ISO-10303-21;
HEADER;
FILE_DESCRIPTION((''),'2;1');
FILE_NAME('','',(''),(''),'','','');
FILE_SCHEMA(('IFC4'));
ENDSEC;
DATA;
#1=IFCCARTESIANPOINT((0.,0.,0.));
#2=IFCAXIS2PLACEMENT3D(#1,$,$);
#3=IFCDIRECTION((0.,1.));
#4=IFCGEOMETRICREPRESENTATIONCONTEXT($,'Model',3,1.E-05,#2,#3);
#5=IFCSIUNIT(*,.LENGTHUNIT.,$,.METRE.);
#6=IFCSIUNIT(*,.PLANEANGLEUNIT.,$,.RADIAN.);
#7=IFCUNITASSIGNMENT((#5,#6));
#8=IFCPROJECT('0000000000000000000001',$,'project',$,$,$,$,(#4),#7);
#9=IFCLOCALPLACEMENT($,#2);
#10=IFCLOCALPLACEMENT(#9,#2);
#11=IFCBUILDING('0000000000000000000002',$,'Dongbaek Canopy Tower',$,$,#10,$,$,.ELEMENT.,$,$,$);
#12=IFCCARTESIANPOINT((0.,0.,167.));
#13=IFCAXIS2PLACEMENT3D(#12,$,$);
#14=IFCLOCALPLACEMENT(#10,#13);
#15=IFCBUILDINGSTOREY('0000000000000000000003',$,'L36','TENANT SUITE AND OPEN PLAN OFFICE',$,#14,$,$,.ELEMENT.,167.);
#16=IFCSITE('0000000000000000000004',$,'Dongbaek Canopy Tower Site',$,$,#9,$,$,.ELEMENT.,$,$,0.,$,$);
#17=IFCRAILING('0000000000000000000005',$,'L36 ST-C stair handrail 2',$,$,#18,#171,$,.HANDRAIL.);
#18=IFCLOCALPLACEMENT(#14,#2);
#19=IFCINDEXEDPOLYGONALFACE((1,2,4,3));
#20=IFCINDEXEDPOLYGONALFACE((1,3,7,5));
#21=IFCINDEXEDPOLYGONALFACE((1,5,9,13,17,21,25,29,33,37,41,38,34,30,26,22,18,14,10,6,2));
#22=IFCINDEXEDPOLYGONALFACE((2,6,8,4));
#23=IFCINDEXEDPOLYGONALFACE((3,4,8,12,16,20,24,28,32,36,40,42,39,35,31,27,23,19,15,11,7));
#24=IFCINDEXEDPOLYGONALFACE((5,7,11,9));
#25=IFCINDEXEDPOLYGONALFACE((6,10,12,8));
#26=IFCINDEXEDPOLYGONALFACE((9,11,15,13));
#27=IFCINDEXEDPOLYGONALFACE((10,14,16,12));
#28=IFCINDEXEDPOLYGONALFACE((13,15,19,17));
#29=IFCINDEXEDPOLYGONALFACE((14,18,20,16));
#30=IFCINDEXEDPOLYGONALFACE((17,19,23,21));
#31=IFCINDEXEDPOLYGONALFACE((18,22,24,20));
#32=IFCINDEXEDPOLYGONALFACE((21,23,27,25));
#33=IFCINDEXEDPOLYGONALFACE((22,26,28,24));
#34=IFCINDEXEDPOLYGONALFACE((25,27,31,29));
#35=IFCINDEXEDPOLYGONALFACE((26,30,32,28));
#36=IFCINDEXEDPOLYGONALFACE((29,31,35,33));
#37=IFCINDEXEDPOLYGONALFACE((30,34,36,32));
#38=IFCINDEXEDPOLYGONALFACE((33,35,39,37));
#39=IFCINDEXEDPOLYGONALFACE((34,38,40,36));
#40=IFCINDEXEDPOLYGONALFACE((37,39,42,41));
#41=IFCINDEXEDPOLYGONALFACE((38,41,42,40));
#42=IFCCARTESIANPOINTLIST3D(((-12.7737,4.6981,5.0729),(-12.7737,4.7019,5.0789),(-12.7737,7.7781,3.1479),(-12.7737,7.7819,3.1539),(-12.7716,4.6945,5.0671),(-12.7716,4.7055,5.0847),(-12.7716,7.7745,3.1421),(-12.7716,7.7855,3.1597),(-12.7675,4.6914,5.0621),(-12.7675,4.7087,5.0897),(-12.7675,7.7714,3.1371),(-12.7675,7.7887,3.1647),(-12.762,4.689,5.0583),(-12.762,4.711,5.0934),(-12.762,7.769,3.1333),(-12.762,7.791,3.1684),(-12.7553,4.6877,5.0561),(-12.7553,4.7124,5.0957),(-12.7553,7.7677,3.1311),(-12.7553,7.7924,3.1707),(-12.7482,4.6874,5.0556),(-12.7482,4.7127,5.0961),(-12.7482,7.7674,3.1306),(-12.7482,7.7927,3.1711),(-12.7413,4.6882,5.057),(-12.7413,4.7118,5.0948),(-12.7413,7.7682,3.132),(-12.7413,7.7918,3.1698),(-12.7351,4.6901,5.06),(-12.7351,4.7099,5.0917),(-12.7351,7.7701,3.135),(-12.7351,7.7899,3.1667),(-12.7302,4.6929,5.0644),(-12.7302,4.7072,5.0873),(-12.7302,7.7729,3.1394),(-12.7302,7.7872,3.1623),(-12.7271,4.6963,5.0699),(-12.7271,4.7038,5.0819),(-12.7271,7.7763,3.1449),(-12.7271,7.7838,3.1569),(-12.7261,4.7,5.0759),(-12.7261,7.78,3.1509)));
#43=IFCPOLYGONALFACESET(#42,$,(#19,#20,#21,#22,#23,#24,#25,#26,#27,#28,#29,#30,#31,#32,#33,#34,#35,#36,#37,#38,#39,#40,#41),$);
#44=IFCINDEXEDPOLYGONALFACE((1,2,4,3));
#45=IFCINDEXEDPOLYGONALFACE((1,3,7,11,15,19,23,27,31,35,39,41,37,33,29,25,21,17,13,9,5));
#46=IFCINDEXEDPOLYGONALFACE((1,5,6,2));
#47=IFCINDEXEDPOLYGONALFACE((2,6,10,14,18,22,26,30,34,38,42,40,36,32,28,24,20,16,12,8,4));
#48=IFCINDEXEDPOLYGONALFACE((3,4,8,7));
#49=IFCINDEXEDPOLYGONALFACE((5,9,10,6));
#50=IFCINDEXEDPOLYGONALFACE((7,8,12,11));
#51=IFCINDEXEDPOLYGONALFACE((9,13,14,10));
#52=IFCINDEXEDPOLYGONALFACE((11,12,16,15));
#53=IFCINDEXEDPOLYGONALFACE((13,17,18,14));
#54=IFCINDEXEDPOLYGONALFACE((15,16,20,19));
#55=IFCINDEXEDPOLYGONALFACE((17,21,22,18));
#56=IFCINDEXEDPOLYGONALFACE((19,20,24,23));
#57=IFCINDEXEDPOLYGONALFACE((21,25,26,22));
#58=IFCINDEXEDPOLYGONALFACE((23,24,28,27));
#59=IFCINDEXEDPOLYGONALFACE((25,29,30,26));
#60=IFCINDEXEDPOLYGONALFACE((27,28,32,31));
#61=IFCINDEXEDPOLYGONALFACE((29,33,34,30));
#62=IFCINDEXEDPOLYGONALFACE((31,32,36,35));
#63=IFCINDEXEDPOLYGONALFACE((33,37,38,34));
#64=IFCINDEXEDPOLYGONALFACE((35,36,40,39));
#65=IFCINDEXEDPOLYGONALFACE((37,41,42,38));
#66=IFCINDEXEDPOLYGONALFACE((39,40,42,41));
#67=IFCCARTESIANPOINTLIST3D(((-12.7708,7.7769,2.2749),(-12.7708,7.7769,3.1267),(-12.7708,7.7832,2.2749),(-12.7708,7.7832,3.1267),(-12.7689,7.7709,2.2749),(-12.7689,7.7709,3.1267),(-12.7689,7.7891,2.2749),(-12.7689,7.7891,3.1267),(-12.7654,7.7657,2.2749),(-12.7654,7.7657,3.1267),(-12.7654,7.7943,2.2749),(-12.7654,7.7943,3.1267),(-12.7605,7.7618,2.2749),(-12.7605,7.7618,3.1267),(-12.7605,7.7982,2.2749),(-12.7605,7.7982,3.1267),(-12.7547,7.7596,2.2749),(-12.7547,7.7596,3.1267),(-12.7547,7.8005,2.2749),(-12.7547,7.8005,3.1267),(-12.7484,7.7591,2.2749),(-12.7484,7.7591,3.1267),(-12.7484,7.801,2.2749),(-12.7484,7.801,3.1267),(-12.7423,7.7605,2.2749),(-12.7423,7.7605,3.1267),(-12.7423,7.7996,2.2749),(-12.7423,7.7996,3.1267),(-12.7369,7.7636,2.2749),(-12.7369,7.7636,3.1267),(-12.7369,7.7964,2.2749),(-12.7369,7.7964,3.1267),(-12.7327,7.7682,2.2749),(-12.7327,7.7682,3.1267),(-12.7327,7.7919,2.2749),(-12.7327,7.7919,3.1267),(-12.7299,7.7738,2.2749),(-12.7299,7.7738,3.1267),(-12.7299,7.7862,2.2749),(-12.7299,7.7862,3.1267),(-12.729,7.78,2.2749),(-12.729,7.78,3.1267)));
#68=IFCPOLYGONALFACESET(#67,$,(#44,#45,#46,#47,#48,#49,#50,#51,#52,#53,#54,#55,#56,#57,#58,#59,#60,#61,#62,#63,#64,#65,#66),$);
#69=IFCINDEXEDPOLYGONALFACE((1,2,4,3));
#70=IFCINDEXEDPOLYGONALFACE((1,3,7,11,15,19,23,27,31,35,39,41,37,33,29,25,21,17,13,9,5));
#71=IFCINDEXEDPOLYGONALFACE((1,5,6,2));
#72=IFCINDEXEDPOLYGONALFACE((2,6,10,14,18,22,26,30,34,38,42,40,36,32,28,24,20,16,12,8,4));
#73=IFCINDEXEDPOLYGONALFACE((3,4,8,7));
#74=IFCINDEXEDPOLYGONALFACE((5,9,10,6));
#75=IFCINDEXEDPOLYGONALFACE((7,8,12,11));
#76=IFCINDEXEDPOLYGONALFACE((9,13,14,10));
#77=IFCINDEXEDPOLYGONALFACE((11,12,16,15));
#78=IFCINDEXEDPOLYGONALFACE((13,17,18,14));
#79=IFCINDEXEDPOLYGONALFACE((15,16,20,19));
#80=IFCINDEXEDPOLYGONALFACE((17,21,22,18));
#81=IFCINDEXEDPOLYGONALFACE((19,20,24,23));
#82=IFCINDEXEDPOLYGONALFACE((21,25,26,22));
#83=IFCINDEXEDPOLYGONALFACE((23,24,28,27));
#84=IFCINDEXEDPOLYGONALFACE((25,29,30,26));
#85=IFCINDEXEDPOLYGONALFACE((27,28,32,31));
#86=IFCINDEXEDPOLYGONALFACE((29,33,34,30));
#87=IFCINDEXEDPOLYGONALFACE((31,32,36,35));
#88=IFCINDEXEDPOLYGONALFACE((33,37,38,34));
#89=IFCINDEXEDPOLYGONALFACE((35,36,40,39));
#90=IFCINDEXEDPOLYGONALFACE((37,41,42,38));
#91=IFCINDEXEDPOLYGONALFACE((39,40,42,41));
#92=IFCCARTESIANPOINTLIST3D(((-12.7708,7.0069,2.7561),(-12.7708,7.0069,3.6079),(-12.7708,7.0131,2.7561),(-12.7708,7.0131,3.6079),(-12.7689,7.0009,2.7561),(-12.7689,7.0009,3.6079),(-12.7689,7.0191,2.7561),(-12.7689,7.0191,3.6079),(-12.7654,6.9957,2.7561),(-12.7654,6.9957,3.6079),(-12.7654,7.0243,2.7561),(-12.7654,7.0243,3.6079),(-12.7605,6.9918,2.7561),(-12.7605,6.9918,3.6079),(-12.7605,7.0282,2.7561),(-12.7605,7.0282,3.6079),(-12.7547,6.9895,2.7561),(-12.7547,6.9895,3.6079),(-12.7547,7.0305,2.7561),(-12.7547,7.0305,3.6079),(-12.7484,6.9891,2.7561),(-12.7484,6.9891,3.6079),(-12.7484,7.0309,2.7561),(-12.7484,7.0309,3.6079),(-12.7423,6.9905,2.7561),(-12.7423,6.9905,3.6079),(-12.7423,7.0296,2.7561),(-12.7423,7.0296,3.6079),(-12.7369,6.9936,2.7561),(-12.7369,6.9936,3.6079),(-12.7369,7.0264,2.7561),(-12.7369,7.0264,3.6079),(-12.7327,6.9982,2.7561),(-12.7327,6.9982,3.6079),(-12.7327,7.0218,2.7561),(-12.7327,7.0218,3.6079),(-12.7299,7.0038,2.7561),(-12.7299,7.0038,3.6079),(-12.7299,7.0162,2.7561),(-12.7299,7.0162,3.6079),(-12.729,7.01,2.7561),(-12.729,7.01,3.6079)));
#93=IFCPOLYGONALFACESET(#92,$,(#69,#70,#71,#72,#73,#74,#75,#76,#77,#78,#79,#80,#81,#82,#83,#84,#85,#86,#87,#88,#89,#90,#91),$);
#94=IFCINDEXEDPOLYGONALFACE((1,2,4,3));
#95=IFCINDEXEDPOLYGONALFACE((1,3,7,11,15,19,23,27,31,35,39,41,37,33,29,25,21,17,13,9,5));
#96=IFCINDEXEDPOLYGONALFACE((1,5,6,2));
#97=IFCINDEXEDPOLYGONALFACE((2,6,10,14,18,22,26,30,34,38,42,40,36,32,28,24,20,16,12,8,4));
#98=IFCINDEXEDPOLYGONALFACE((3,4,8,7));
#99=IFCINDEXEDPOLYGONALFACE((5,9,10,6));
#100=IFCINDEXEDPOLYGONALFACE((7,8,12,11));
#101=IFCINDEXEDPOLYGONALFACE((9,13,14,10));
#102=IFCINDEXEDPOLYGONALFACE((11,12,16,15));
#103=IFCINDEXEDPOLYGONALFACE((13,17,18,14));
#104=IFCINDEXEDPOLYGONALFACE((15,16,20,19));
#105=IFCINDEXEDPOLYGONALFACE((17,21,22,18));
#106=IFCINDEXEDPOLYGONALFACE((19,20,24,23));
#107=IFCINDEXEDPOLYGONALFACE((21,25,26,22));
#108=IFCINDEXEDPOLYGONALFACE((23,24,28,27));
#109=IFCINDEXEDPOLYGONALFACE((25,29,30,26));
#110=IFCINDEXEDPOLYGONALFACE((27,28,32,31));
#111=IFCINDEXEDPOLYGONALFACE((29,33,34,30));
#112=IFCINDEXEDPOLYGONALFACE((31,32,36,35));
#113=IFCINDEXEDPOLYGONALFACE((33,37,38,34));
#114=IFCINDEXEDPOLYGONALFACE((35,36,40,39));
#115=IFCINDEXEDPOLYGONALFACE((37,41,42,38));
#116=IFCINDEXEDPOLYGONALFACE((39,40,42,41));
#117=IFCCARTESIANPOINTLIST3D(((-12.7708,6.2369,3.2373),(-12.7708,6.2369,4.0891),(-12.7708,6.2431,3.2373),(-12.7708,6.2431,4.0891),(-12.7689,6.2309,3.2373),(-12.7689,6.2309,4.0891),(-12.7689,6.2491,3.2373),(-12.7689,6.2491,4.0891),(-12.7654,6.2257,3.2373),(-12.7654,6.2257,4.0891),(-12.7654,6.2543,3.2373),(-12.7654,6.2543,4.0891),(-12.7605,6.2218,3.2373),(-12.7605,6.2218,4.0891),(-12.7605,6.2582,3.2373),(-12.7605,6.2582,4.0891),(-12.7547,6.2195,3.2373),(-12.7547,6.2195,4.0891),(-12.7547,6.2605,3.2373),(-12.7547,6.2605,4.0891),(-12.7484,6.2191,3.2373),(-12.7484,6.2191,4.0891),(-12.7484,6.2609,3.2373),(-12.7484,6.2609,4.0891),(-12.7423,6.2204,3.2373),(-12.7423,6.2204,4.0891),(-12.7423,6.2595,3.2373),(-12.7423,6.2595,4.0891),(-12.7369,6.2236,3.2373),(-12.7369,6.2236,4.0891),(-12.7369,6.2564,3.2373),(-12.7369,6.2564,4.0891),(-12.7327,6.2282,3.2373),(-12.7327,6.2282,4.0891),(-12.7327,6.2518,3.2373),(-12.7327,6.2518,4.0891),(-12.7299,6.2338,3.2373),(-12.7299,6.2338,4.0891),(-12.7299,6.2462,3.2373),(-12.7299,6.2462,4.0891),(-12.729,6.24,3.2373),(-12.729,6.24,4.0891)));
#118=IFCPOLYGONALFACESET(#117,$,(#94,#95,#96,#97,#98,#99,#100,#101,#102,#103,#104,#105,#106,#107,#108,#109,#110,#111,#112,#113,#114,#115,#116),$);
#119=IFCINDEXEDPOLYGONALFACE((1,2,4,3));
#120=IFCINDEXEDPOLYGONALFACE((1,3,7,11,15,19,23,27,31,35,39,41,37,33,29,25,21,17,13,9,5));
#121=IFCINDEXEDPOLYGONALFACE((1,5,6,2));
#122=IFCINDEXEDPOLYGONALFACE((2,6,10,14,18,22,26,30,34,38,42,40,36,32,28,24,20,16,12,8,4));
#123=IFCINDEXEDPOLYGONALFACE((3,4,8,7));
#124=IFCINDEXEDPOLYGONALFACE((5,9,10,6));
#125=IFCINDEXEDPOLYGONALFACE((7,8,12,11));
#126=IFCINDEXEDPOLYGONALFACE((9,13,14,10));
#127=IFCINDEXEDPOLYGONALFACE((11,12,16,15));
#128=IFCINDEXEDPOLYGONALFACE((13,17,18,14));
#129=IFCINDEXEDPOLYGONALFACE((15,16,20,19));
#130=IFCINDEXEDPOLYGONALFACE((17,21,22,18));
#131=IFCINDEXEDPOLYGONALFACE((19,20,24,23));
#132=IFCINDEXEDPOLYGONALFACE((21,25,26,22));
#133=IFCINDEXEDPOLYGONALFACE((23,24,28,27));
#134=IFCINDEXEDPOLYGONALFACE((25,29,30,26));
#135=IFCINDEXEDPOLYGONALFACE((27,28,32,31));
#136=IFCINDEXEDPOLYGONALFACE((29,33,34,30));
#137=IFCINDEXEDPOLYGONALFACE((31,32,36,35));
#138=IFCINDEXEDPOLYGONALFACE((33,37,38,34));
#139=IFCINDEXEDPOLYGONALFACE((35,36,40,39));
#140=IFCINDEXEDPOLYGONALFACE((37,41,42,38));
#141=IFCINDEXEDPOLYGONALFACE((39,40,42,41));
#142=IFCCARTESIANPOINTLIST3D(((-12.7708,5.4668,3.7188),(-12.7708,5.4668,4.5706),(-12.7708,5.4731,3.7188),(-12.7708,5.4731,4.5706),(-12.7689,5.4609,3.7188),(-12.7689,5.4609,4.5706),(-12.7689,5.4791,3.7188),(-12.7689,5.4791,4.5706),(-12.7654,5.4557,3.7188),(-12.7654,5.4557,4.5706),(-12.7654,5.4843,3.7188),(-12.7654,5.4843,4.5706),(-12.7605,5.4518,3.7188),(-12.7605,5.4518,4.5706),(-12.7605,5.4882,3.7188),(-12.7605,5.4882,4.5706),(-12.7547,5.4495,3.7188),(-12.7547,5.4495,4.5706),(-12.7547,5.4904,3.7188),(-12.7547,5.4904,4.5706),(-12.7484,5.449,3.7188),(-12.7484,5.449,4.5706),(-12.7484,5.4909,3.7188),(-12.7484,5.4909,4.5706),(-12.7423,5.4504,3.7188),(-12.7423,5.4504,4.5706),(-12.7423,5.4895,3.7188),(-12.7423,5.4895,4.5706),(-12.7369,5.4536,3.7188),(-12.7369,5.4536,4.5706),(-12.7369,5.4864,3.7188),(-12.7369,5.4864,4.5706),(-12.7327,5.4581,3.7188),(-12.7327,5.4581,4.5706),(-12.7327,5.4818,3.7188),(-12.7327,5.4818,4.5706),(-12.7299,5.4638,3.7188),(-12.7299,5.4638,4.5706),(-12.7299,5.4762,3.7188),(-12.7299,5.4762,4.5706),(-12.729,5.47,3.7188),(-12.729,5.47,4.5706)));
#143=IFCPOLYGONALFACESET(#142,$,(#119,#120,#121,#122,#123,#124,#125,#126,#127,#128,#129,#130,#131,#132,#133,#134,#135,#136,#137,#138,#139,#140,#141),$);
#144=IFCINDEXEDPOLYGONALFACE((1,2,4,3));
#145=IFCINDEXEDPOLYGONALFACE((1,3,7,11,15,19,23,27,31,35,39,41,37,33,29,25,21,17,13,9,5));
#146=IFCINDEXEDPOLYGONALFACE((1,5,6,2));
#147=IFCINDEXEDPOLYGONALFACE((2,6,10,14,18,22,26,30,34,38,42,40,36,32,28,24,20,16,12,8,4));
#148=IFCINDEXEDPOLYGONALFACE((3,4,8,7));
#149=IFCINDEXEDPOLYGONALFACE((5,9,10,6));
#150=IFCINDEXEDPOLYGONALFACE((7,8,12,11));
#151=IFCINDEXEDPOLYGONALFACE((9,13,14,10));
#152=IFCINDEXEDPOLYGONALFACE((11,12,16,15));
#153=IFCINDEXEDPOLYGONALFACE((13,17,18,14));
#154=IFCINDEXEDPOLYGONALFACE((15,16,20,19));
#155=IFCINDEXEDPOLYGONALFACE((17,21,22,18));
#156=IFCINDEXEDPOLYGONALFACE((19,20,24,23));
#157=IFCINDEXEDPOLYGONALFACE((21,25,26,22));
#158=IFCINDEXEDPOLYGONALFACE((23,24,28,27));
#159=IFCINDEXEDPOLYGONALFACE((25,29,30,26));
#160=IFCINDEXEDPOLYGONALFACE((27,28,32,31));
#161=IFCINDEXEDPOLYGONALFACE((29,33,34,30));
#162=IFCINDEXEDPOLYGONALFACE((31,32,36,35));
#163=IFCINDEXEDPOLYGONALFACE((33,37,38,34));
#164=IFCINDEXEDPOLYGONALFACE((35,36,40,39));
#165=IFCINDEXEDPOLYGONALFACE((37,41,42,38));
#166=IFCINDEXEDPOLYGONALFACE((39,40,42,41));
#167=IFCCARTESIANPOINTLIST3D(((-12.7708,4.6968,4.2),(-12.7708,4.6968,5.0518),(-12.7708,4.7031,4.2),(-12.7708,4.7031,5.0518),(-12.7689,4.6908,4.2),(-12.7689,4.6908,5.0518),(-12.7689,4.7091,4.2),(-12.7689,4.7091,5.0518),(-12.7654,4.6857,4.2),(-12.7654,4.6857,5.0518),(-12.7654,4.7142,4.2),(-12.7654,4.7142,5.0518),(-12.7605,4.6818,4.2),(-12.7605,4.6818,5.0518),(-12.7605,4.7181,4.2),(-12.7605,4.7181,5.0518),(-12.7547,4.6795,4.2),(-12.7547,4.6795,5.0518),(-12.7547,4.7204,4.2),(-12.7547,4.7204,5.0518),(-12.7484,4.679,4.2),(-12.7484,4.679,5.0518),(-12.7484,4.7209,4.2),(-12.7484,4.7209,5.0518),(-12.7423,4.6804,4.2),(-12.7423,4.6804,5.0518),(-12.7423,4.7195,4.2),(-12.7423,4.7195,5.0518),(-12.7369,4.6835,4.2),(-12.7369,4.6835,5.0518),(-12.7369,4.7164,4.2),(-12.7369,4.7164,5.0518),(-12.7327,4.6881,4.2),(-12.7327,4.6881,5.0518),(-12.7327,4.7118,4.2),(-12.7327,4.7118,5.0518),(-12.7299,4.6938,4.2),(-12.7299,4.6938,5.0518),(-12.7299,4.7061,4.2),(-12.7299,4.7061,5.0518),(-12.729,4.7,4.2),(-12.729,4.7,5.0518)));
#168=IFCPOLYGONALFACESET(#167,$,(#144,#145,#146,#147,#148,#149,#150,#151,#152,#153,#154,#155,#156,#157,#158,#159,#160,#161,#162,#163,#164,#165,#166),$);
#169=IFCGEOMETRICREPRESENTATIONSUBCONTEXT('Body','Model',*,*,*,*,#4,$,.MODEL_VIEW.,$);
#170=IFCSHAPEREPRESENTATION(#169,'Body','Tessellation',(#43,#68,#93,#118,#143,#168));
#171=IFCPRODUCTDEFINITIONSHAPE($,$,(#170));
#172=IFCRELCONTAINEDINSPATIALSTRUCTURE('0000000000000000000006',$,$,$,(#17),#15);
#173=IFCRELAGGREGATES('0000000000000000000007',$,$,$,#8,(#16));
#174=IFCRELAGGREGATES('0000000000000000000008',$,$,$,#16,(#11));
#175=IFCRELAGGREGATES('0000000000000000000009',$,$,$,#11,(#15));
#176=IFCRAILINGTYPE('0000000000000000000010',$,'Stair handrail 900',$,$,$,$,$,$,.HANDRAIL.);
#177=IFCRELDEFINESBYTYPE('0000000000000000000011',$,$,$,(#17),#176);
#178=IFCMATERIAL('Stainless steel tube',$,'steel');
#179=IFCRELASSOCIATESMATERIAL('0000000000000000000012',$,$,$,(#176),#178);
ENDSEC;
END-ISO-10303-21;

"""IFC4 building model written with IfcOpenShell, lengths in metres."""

from ifc_helpers import new_model, si_unit, direction, frame, origin, origin_2d, place, context, subcontext, project, spatial, circle, extrude, material, type_object, element, save


model = new_model("IFC4")

# Units and contexts
model_context = context("Model", 3, precision=1e-05, world=origin(), true_north=direction((0.0, 1.0)))
body_context = subcontext(model_context, "Body", "Model", "MODEL_VIEW")
ifc_project = project(units=[si_unit("LENGTHUNIT", "METRE"), si_unit("PLANEANGLEUNIT", "RADIAN")], contexts=[model_context])

# Site, building, storey
site_placement = place(None, origin())
site = spatial("IfcSite", under=ifc_project, at=site_placement, Name="Dongbaek Canopy Tower Site", CompositionType="ELEMENT", RefElevation=0.0)
building_placement = place(site_placement, origin())
building = spatial("IfcBuilding", under=site, at=building_placement, Name="Dongbaek Canopy Tower", CompositionType="ELEMENT")
storey_placement = place(building_placement, frame((0.0, 0.0, 167.0)))
storey = spatial("IfcBuildingStorey", under=building, at=storey_placement, Name="L36", Description="TENANT SUITE AND OPEN PLAN OFFICE", CompositionType="ELEMENT", Elevation=167.0)

# Railing
ifc_material_1 = material(Name="Stainless steel tube", Category="steel")
railing_type_1 = type_object("IfcRailingType", Name="Stair handrail 900", PredefinedType="HANDRAIL", material=ifc_material_1)
railing_1_placement = place(storey_placement, frame((-12.75, 7.78, 2.2749)))
element("IfcRailing", 1, at=railing_1_placement, inside=storey, type_object=railing_type_1, Name="L36 ST-C stair handrail 2", PredefinedType="HANDRAIL", context=body_context, shape_type="SweptSolid", body=[
    extrude(circle(Radius=0.0239, at=origin_2d()), frame((0.0, 0.0, 0.876), z_axis=(0.0, -0.847998, 0.529999), x_axis=(1.0, 0.0, 0.0)), (0.0, 0.0, 1.0), 3.6321),
    extrude(circle(Radius=0.021, at=origin_2d()), origin(), (0.0, 0.0, 1.0), 0.8518),
    extrude(circle(Radius=0.021, at=origin_2d()), frame((0.0, -0.77, 0.4812)), (0.0, 0.0, 1.0), 0.8518),
    extrude(circle(Radius=0.021, at=origin_2d()), frame((0.0, -1.54, 0.9624)), (0.0, 0.0, 1.0), 0.8518),
    extrude(circle(Radius=0.021, at=origin_2d()), frame((0.0, -2.3101, 1.4438)), (0.0, 0.0, 1.0), 0.8518),
    extrude(circle(Radius=0.021, at=origin_2d()), frame((0.0, -3.0801, 1.925)), (0.0, 0.0, 1.0), 0.8518),
])

save(model, "model.ifc")
